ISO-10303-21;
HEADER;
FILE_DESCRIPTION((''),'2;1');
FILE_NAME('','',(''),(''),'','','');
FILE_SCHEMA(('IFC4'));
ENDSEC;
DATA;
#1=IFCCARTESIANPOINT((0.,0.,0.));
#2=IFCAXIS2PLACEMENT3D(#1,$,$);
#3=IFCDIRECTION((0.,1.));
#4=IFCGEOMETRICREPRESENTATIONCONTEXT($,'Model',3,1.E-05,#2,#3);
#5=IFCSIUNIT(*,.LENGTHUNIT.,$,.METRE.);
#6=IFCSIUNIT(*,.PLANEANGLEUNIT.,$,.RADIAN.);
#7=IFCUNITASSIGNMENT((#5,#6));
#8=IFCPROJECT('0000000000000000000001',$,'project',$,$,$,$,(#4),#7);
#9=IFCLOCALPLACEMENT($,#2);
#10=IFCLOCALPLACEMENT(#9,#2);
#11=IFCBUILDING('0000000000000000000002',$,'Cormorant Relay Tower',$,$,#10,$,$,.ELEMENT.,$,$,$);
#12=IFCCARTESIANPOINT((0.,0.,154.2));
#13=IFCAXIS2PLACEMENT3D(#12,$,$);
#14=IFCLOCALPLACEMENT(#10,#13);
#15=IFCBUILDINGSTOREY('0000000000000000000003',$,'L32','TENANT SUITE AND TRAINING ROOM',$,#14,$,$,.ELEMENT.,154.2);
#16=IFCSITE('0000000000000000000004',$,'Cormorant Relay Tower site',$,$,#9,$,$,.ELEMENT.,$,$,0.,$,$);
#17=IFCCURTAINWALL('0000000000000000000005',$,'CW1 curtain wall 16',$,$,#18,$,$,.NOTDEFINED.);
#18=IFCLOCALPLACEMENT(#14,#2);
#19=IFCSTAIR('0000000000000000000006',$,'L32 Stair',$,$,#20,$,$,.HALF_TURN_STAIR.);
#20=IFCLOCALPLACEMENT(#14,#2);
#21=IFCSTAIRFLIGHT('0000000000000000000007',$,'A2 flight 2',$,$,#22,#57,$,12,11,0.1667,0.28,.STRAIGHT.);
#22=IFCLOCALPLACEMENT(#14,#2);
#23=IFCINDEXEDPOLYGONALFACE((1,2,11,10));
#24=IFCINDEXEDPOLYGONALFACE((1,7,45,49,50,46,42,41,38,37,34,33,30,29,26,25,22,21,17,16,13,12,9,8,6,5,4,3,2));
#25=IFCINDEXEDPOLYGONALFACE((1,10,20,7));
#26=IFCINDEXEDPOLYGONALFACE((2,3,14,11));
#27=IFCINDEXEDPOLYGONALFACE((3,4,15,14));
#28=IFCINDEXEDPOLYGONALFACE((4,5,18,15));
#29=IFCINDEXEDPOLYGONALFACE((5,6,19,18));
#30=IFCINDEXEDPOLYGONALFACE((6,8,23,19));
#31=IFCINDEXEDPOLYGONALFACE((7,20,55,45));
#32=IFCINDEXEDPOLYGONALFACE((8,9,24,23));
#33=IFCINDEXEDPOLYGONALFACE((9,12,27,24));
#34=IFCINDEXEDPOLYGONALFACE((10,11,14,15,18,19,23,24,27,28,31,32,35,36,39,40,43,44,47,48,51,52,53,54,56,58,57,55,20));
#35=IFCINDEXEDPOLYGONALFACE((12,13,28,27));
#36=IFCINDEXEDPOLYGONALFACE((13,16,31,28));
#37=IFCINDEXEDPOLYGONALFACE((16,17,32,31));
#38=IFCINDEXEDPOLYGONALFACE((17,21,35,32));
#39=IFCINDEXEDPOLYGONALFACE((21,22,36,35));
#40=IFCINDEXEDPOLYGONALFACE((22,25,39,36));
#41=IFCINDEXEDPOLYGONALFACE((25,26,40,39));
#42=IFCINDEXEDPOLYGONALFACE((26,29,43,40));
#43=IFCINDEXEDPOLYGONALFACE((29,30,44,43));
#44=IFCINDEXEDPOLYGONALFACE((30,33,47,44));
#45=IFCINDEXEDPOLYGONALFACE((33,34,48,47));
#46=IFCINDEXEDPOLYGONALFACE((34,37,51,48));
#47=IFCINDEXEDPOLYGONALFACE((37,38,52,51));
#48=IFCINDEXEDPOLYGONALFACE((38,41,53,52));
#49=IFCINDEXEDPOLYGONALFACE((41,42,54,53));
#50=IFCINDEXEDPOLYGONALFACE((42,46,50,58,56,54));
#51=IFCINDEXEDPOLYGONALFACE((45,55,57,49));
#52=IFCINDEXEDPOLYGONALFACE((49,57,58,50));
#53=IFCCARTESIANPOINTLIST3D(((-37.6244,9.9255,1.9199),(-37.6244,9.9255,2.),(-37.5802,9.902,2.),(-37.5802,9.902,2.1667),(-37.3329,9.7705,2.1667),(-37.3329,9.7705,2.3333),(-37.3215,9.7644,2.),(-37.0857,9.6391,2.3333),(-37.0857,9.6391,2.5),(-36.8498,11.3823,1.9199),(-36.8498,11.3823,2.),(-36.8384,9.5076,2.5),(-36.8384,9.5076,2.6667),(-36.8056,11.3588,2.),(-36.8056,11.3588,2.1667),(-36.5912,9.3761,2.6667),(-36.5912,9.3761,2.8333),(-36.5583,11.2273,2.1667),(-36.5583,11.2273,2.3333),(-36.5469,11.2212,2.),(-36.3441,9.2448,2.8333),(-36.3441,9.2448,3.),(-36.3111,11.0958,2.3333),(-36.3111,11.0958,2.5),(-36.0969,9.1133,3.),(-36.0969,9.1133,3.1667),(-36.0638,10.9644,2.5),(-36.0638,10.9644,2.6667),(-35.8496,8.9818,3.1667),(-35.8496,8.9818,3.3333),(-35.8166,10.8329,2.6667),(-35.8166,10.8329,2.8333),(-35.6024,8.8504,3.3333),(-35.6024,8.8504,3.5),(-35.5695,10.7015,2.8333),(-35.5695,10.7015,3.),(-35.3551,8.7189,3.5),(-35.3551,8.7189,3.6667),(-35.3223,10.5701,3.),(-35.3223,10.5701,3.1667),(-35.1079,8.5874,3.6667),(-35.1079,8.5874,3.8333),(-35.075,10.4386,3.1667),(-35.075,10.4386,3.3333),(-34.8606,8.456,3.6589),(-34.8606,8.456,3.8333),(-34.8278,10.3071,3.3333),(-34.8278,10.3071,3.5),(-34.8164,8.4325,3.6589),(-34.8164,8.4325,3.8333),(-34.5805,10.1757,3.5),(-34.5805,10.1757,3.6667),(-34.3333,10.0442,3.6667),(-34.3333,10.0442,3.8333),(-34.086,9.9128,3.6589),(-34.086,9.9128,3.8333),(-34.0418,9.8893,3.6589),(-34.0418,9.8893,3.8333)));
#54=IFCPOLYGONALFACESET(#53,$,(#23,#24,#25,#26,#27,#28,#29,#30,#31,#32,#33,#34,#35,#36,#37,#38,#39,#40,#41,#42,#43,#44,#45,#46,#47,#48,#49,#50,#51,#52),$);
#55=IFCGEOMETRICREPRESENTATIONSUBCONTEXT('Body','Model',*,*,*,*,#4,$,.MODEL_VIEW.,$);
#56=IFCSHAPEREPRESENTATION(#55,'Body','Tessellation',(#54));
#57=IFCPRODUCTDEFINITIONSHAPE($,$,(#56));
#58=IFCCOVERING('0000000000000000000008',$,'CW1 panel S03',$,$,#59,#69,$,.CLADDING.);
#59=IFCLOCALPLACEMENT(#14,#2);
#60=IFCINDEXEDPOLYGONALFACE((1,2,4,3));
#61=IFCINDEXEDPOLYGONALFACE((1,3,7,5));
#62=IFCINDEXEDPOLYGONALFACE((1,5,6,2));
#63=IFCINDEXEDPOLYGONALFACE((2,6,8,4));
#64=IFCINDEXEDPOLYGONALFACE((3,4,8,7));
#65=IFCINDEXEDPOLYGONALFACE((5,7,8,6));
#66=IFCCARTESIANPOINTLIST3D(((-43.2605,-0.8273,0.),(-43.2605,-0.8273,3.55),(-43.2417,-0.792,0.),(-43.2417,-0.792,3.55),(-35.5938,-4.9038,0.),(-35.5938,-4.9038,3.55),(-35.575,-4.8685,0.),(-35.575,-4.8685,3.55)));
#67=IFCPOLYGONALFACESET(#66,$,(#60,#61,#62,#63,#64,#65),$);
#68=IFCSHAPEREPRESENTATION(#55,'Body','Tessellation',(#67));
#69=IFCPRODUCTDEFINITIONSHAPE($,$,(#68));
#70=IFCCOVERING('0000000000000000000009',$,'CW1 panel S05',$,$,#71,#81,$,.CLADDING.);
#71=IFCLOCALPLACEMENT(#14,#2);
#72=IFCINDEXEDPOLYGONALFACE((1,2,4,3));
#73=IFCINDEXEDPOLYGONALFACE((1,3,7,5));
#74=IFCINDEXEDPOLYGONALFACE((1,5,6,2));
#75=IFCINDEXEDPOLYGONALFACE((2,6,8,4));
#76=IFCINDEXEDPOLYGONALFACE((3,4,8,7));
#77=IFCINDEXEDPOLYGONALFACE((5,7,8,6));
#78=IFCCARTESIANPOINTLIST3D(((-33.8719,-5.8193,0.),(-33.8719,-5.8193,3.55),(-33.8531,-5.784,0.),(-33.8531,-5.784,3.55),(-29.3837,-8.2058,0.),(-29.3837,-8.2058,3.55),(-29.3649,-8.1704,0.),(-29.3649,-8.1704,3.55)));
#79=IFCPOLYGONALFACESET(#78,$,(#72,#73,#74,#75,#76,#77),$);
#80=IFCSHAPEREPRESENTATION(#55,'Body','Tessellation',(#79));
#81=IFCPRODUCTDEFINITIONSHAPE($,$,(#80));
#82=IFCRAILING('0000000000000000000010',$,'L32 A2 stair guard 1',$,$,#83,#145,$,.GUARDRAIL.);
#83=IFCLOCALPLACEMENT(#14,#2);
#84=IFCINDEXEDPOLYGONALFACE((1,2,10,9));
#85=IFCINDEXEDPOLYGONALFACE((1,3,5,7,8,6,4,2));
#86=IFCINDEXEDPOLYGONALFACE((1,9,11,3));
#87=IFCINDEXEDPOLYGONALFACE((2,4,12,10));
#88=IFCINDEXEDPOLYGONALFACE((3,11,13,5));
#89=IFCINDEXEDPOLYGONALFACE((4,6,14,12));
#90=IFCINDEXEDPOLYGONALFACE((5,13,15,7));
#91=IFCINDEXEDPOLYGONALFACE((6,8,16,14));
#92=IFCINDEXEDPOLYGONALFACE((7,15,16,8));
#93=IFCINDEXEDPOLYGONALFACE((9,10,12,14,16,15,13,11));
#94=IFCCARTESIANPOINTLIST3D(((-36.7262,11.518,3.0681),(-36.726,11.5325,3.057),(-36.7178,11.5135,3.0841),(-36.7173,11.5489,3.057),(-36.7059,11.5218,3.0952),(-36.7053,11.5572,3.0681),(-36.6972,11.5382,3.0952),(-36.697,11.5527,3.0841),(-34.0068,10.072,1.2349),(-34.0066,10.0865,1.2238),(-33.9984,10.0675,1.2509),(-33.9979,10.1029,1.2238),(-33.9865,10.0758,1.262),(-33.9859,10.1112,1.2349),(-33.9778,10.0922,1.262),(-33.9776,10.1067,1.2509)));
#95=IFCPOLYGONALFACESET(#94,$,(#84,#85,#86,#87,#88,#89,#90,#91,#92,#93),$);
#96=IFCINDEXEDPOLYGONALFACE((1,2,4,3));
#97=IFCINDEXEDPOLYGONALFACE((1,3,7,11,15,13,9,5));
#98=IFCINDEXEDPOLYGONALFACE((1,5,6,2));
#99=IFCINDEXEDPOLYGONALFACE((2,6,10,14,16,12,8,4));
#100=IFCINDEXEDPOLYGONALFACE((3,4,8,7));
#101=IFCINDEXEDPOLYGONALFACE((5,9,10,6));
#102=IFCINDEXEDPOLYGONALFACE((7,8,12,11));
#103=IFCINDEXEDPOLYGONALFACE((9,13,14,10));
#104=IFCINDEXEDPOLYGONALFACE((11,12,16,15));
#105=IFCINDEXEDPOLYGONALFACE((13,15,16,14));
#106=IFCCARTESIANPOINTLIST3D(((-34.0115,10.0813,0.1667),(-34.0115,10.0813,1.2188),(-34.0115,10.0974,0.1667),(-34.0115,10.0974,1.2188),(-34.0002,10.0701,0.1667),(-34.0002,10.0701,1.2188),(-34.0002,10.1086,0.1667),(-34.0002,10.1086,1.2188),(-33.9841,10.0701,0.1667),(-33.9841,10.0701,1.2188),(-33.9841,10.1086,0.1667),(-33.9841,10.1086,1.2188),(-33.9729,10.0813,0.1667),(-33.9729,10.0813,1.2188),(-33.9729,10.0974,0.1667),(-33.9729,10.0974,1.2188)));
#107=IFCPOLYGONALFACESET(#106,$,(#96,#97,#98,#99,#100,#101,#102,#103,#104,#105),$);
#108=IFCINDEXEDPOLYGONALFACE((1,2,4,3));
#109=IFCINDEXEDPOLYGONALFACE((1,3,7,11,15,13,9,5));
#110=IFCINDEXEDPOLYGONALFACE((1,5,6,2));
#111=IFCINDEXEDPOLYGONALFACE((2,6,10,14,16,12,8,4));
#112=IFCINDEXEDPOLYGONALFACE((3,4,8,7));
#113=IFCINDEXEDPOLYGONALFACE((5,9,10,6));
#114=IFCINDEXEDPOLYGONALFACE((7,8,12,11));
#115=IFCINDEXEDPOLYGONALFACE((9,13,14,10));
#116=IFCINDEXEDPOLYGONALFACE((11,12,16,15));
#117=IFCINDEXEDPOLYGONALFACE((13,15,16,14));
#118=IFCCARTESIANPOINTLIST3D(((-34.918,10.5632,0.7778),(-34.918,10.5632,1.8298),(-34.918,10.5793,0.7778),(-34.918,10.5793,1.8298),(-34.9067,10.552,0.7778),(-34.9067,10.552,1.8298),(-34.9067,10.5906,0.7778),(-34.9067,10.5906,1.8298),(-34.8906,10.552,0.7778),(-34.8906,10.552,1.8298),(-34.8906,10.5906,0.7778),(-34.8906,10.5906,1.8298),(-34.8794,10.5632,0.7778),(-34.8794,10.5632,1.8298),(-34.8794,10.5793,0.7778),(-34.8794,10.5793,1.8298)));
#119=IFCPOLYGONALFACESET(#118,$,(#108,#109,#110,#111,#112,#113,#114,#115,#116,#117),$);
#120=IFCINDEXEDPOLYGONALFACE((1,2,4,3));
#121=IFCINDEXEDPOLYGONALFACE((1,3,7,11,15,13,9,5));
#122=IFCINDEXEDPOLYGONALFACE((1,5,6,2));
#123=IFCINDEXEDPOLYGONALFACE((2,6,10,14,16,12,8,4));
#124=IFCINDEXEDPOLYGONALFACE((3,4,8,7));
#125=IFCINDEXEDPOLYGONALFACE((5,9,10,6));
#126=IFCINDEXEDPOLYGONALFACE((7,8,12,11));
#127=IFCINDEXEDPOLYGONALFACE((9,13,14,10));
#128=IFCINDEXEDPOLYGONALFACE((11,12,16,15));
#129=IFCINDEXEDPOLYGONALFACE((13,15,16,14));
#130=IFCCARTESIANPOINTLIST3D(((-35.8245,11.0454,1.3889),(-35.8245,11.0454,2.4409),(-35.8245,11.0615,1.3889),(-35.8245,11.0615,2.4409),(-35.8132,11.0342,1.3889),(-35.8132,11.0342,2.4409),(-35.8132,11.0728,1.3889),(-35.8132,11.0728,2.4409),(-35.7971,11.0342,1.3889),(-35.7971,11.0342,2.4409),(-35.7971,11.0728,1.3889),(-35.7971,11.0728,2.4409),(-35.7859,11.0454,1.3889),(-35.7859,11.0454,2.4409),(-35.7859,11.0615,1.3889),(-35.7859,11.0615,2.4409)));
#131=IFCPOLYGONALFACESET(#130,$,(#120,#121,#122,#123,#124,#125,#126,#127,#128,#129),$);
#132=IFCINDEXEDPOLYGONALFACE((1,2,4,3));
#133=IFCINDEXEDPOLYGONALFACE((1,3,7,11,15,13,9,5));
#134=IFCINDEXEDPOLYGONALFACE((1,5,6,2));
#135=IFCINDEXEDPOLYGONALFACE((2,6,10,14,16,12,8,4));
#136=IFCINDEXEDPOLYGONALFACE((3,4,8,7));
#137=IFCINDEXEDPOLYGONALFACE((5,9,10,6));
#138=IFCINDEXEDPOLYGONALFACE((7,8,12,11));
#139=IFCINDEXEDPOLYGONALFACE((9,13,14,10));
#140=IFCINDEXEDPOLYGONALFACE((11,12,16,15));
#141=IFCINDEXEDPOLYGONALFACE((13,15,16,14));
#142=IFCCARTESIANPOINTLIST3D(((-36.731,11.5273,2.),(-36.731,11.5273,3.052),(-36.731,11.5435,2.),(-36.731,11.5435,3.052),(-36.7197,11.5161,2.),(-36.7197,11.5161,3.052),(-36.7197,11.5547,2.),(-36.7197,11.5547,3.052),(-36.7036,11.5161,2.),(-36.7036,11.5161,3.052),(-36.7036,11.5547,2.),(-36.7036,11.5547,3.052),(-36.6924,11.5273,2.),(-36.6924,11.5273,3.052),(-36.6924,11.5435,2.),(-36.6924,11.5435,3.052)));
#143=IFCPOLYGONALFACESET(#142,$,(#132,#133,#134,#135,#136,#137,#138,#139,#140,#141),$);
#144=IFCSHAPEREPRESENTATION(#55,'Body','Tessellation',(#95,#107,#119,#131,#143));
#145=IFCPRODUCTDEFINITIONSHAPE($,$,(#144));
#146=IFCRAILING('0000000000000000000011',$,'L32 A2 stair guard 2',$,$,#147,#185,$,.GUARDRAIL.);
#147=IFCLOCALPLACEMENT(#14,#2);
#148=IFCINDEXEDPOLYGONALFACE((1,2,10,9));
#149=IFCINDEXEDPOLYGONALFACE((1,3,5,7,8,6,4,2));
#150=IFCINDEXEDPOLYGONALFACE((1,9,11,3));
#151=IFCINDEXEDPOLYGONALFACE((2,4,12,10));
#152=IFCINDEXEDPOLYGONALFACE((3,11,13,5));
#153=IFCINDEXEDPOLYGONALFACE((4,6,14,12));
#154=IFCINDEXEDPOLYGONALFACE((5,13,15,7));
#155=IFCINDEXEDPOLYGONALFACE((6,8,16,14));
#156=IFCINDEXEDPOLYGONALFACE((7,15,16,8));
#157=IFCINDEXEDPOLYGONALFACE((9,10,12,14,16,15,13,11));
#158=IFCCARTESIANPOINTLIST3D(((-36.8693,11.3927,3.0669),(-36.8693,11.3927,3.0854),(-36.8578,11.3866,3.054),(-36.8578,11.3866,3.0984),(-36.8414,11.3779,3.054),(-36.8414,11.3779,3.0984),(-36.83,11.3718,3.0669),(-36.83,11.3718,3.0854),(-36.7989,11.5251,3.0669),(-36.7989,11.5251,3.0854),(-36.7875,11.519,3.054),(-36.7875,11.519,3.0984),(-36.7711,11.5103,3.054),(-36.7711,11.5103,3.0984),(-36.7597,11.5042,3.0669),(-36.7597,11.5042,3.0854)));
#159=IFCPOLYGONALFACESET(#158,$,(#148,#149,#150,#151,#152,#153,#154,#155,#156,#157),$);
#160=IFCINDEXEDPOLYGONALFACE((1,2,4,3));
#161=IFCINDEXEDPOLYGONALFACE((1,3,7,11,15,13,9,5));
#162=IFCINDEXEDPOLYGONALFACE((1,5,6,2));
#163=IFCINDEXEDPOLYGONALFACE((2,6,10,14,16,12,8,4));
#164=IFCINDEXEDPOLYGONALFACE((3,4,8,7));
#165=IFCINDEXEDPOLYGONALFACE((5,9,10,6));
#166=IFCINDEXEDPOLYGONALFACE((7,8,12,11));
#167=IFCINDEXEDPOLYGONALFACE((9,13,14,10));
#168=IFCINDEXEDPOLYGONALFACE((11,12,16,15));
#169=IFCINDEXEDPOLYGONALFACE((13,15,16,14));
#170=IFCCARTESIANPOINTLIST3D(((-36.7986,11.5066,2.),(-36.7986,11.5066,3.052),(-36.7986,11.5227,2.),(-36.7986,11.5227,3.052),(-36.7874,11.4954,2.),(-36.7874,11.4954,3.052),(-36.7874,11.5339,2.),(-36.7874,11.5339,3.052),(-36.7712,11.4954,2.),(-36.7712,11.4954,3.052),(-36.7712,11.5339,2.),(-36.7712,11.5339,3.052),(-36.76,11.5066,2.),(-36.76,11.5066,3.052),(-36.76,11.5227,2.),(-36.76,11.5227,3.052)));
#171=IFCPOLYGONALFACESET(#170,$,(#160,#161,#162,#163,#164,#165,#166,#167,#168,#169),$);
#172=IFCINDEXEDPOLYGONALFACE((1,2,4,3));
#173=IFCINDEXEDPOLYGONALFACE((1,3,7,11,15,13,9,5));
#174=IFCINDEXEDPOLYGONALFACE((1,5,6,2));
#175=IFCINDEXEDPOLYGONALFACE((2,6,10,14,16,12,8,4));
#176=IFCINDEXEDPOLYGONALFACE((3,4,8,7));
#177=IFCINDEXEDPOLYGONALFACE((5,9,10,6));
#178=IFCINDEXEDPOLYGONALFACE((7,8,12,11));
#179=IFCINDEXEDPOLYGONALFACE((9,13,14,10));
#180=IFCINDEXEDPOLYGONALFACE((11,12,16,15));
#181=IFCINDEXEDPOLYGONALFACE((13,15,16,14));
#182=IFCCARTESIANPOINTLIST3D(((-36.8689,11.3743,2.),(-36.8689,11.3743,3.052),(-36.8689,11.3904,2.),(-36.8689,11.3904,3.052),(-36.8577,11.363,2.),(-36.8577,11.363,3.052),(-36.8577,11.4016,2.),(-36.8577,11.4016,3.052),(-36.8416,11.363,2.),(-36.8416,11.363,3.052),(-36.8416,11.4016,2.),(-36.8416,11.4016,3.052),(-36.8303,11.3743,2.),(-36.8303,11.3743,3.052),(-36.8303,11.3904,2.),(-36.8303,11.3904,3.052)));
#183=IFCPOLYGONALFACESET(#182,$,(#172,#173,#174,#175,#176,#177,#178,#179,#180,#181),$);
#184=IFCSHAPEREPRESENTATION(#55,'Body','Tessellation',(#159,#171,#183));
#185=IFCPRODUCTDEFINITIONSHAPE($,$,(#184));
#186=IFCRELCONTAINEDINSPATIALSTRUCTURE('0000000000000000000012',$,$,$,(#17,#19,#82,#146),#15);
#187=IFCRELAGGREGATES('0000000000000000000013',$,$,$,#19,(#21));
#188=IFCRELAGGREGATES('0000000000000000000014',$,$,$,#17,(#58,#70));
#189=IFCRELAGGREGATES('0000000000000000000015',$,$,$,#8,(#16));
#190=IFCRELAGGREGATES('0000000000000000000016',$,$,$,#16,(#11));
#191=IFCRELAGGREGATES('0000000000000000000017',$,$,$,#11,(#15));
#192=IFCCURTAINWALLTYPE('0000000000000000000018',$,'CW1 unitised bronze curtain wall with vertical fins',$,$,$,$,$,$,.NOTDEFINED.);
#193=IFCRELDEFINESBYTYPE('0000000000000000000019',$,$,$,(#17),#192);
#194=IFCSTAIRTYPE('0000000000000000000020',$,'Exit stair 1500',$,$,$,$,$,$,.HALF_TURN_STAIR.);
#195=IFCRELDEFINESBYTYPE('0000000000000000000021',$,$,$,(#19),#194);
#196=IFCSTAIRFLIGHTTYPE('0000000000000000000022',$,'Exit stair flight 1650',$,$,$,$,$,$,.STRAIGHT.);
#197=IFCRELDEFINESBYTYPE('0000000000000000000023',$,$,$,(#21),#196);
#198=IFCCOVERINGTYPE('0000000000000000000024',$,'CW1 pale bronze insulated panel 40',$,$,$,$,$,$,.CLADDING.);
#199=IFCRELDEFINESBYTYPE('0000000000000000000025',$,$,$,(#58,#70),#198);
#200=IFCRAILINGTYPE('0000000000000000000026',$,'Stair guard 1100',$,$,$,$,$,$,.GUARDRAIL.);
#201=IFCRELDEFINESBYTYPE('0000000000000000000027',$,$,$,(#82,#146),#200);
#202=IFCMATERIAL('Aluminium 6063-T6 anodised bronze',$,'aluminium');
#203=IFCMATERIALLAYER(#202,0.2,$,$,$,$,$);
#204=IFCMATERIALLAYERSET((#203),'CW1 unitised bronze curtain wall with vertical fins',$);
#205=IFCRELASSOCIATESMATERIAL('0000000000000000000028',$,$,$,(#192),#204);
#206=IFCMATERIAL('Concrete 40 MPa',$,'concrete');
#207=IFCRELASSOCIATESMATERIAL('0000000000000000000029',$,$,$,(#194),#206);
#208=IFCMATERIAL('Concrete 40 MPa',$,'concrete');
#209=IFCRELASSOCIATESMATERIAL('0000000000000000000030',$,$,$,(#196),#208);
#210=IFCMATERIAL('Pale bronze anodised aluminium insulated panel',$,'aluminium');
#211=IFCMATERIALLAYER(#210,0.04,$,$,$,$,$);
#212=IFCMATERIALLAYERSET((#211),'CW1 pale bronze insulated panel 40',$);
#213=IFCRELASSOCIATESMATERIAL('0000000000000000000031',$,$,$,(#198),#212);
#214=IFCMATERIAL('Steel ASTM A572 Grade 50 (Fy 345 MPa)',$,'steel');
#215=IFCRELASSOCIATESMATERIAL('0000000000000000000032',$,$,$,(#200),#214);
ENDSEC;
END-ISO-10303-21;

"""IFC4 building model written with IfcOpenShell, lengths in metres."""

from ifc_helpers import new_model, si_unit, direction, frame, origin, origin_2d, place, context, subcontext, project, spatial, polyline, rectangle, outline, extrude, material, layer, layer_set, type_object, element, aggregate, save


model = new_model("IFC4")

# Units and contexts
model_context = context("Model", 3, precision=1e-05, world=origin(), true_north=direction((0.0, 1.0)))
body_context = subcontext(model_context, "Body", "Model", "MODEL_VIEW")
ifc_project = project(units=[si_unit("LENGTHUNIT", "METRE"), si_unit("PLANEANGLEUNIT", "RADIAN")], contexts=[model_context])

# Site, building, storey
site_placement = place(None, origin())
site = spatial("IfcSite", under=ifc_project, at=site_placement, Name="Cormorant Relay Tower site", CompositionType="ELEMENT", RefElevation=0.0)
building_placement = place(site_placement, origin())
building = spatial("IfcBuilding", under=site, at=building_placement, Name="Cormorant Relay Tower", CompositionType="ELEMENT")
storey_placement = place(building_placement, frame((0.0, 0.0, 154.2)))
storey = spatial("IfcBuildingStorey", under=building, at=storey_placement, Name="L32", Description="TENANT SUITE AND TRAINING ROOM", CompositionType="ELEMENT", Elevation=154.2)

# Curtain wall
ifc_material_1 = material(Name="Aluminium 6063-T6 anodised bronze", Category="aluminium")
ifc_layer_1 = layer(ifc_material_1, 0.2)
ifc_layer_set_1 = layer_set([ifc_layer_1], Name="CW1 unitised bronze curtain wall with vertical fins")
curtain_wall_type = type_object("IfcCurtainWallType", Name="CW1 unitised bronze curtain wall with vertical fins", PredefinedType="NOTDEFINED", material=ifc_layer_set_1)
curtain_wall_placement = place(storey_placement, origin())
curtain_wall = element("IfcCurtainWall", 1, at=curtain_wall_placement, inside=storey, type_object=curtain_wall_type, Name="CW1 curtain wall 16", PredefinedType="NOTDEFINED")

# Stair, stair flight
ifc_material_2 = material(Name="Concrete 40 MPa", Category="concrete")
stair_type = type_object("IfcStairType", Name="Exit stair 1500", PredefinedType="HALF_TURN_STAIR", material=ifc_material_2)
stair_placement = place(storey_placement, origin())
stair = element("IfcStair", 2, at=stair_placement, inside=storey, type_object=stair_type, Name="L32 Stair", PredefinedType="HALF_TURN_STAIR")
ifc_material_3 = material(Name="Concrete 40 MPa", Category="concrete")
stair_flight_type = type_object("IfcStairFlightType", Name="Exit stair flight 1650", PredefinedType="STRAIGHT", material=ifc_material_3)
stair_flight_1_placement = place(storey_placement, frame((-37.1929, 10.6304, 2.0), z_axis=(0.0, 0.0, 1.0), x_axis=(0.882948, -0.469472, 0.0)))
stair_flight_1 = element("IfcStairFlight", 3, at=stair_flight_1_placement, type_object=stair_flight_type, Name="A2 flight 2", NumberOfRisers=12, NumberOfTreads=11, PredefinedType="STRAIGHT", RiserHeight=0.1667, TreadLength=0.28, context=body_context, shape_type="SweptSolid", body=[
    extrude(outline(polyline([(-0.05, -0.0801), (-0.05, 0.0), (0.0, 0.0), (0.0, 0.1667), (0.28, 0.1667), (0.28, 0.3333), (0.5601, 0.3333), (0.5601, 0.5), (0.8401, 0.5), (0.8401, 0.6667), (1.1201, 0.6667), (1.1201, 0.8333), (1.3999, 0.8333), (1.3999, 1.0), (1.6799, 1.0), (1.6799, 1.1667), (1.96, 1.1667), (1.96, 1.3333), (2.24, 1.3333), (2.24, 1.5), (2.52, 1.5), (2.52, 1.6667), (2.8, 1.6667), (2.8, 1.8333), (3.0801, 1.8333), (3.1301, 1.8333), (3.1301, 1.6589), (3.0801, 1.6589), (0.293, 0.0), (-0.05, -0.0801)])), frame((0.0, 0.825, 0.0), z_axis=(0.0, -1.0, 0.0), x_axis=(1.0, 0.0, 0.0)), (0.0, 0.0, 1.0), 1.6499),
])
aggregate(stair, [stair_flight_1])

# Coverings
ifc_material_4 = material(Name="Pale bronze anodised aluminium insulated panel", Category="aluminium")
ifc_layer_2 = layer(ifc_material_4, 0.04)
ifc_layer_set_2 = layer_set([ifc_layer_2], Name="CW1 pale bronze insulated panel 40")
covering_type = type_object("IfcCoveringType", Name="CW1 pale bronze insulated panel 40", PredefinedType="CLADDING", material=ifc_layer_set_2)
covering_1_placement = place(storey_placement, frame((-39.4177, -2.8479, 0.0), z_axis=(0.0, 0.0, 1.0), x_axis=(0.882948, -0.469472, 0.0)))
covering_1 = element("IfcCovering", 4, at=covering_1_placement, type_object=covering_type, Name="CW1 panel S03", PredefinedType="CLADDING", context=body_context, shape_type="SweptSolid", body=[
    extrude(rectangle(XDim=8.6831, YDim=0.04, at=origin_2d()), origin(), (0.0, 0.0, 1.0), 3.55),
])
covering_2_placement = place(storey_placement, frame((-31.6184, -6.9949, 0.0), z_axis=(0.0, 0.0, 1.0), x_axis=(0.882948, -0.469472, 0.0)))
covering_2 = element("IfcCovering", 5, at=covering_2_placement, type_object=covering_type, Name="CW1 panel S05", PredefinedType="CLADDING", context=body_context, shape_type="SweptSolid", body=[
    extrude(rectangle(XDim=5.0833, YDim=0.04, at=origin_2d()), origin(), (0.0, 0.0, 1.0), 3.55),
])
aggregate(curtain_wall, [covering_1, covering_2])

# Railings
ifc_material_5 = material(Name="Steel ASTM A572 Grade 50 (Fy 345 MPa)", Category="steel")
railing_type_1 = type_object("IfcRailingType", Name="Stair guard 1100", PredefinedType="GUARDRAIL", material=ifc_material_5)
railing_1_placement = place(storey_placement, frame((-33.9922, 10.0894, 0.1667)))
element("IfcRailing", 6, at=railing_1_placement, inside=storey, type_object=railing_type_1, Name="L32 A2 stair guard 1", PredefinedType="GUARDRAIL", context=body_context, shape_type="SweptSolid", body=[
    extrude(outline(polyline([(0.0222, 0.0093), (0.0093, 0.0222), (-0.0093, 0.0222), (-0.0222, 0.0093), (-0.0222, -0.0093), (-0.0093, -0.0222), (0.0093, -0.0222), (0.0222, -0.0093), (0.0222, 0.0093)])), frame((0.0, 0.0, 1.0762), z_axis=(-0.758714, 0.403435, 0.511463), x_axis=(-0.469489, -0.882938, 0.0)), (0.0, 0.0, 1.0), 3.5842),
    extrude(outline(polyline([(0.0193, 0.0081), (0.0081, 0.0193), (-0.0081, 0.0193), (-0.0193, 0.0081), (-0.0193, -0.0081), (-0.0081, -0.0193), (0.0081, -0.0193), (0.0193, -0.0081), (0.0193, 0.0081)])), origin(), (0.0, 0.0, 1.0), 1.052),
    extrude(outline(polyline([(0.0193, 0.0081), (0.0081, 0.0193), (-0.0081, 0.0193), (-0.0193, 0.0081), (-0.0193, -0.0081), (-0.0081, -0.0193), (0.0081, -0.0193), (0.0193, -0.0081), (0.0193, 0.0081)])), frame((-0.9065, 0.4819, 0.6111)), (0.0, 0.0, 1.0), 1.052),
    extrude(outline(polyline([(0.0193, 0.0081), (0.0081, 0.0193), (-0.0081, 0.0193), (-0.0193, 0.0081), (-0.0193, -0.0081), (-0.0081, -0.0193), (0.0081, -0.0193), (0.0193, -0.0081), (0.0193, 0.0081)])), frame((-1.813, 0.9641, 1.2222)), (0.0, 0.0, 1.0), 1.052),
    extrude(outline(polyline([(0.0193, 0.0081), (0.0081, 0.0193), (-0.0081, 0.0193), (-0.0193, 0.0081), (-0.0193, -0.0081), (-0.0081, -0.0193), (0.0081, -0.0193), (0.0193, -0.0081), (0.0193, 0.0081)])), frame((-2.7195, 1.446, 1.8333)), (0.0, 0.0, 1.0), 1.052),
])
railing_2_placement = place(storey_placement, frame((-36.7793, 11.5146, 2.0)))
element("IfcRailing", 7, at=railing_2_placement, inside=storey, type_object=railing_type_1, Name="L32 A2 stair guard 2", PredefinedType="GUARDRAIL", context=body_context, shape_type="SweptSolid", body=[
    extrude(outline(polyline([(0.0222, 0.0093), (0.0093, 0.0222), (-0.0093, 0.0222), (-0.0222, 0.0093), (-0.0222, -0.0093), (-0.0093, -0.0222), (0.0093, -0.0222), (0.0222, -0.0093), (0.0222, 0.0093)])), frame((0.0, 0.0, 1.0762), z_axis=(-0.469235, -0.883074, 0.0), x_axis=(0.883074, -0.469235, 0.0)), (0.0, 0.0, 1.0), 0.1499),
    extrude(outline(polyline([(0.0193, 0.0081), (0.0081, 0.0193), (-0.0081, 0.0193), (-0.0193, 0.0081), (-0.0193, -0.0081), (-0.0081, -0.0193), (0.0081, -0.0193), (0.0193, -0.0081), (0.0193, 0.0081)])), origin(), (0.0, 0.0, 1.0), 1.052),
    extrude(outline(polyline([(0.0193, 0.0081), (0.0081, 0.0193), (-0.0081, 0.0193), (-0.0193, 0.0081), (-0.0193, -0.0081), (-0.0081, -0.0193), (0.0081, -0.0193), (0.0193, -0.0081), (0.0193, 0.0081)])), frame((-0.0703, -0.1323, 0.0)), (0.0, 0.0, 1.0), 1.052),
])

save(model, "model.ifc")
